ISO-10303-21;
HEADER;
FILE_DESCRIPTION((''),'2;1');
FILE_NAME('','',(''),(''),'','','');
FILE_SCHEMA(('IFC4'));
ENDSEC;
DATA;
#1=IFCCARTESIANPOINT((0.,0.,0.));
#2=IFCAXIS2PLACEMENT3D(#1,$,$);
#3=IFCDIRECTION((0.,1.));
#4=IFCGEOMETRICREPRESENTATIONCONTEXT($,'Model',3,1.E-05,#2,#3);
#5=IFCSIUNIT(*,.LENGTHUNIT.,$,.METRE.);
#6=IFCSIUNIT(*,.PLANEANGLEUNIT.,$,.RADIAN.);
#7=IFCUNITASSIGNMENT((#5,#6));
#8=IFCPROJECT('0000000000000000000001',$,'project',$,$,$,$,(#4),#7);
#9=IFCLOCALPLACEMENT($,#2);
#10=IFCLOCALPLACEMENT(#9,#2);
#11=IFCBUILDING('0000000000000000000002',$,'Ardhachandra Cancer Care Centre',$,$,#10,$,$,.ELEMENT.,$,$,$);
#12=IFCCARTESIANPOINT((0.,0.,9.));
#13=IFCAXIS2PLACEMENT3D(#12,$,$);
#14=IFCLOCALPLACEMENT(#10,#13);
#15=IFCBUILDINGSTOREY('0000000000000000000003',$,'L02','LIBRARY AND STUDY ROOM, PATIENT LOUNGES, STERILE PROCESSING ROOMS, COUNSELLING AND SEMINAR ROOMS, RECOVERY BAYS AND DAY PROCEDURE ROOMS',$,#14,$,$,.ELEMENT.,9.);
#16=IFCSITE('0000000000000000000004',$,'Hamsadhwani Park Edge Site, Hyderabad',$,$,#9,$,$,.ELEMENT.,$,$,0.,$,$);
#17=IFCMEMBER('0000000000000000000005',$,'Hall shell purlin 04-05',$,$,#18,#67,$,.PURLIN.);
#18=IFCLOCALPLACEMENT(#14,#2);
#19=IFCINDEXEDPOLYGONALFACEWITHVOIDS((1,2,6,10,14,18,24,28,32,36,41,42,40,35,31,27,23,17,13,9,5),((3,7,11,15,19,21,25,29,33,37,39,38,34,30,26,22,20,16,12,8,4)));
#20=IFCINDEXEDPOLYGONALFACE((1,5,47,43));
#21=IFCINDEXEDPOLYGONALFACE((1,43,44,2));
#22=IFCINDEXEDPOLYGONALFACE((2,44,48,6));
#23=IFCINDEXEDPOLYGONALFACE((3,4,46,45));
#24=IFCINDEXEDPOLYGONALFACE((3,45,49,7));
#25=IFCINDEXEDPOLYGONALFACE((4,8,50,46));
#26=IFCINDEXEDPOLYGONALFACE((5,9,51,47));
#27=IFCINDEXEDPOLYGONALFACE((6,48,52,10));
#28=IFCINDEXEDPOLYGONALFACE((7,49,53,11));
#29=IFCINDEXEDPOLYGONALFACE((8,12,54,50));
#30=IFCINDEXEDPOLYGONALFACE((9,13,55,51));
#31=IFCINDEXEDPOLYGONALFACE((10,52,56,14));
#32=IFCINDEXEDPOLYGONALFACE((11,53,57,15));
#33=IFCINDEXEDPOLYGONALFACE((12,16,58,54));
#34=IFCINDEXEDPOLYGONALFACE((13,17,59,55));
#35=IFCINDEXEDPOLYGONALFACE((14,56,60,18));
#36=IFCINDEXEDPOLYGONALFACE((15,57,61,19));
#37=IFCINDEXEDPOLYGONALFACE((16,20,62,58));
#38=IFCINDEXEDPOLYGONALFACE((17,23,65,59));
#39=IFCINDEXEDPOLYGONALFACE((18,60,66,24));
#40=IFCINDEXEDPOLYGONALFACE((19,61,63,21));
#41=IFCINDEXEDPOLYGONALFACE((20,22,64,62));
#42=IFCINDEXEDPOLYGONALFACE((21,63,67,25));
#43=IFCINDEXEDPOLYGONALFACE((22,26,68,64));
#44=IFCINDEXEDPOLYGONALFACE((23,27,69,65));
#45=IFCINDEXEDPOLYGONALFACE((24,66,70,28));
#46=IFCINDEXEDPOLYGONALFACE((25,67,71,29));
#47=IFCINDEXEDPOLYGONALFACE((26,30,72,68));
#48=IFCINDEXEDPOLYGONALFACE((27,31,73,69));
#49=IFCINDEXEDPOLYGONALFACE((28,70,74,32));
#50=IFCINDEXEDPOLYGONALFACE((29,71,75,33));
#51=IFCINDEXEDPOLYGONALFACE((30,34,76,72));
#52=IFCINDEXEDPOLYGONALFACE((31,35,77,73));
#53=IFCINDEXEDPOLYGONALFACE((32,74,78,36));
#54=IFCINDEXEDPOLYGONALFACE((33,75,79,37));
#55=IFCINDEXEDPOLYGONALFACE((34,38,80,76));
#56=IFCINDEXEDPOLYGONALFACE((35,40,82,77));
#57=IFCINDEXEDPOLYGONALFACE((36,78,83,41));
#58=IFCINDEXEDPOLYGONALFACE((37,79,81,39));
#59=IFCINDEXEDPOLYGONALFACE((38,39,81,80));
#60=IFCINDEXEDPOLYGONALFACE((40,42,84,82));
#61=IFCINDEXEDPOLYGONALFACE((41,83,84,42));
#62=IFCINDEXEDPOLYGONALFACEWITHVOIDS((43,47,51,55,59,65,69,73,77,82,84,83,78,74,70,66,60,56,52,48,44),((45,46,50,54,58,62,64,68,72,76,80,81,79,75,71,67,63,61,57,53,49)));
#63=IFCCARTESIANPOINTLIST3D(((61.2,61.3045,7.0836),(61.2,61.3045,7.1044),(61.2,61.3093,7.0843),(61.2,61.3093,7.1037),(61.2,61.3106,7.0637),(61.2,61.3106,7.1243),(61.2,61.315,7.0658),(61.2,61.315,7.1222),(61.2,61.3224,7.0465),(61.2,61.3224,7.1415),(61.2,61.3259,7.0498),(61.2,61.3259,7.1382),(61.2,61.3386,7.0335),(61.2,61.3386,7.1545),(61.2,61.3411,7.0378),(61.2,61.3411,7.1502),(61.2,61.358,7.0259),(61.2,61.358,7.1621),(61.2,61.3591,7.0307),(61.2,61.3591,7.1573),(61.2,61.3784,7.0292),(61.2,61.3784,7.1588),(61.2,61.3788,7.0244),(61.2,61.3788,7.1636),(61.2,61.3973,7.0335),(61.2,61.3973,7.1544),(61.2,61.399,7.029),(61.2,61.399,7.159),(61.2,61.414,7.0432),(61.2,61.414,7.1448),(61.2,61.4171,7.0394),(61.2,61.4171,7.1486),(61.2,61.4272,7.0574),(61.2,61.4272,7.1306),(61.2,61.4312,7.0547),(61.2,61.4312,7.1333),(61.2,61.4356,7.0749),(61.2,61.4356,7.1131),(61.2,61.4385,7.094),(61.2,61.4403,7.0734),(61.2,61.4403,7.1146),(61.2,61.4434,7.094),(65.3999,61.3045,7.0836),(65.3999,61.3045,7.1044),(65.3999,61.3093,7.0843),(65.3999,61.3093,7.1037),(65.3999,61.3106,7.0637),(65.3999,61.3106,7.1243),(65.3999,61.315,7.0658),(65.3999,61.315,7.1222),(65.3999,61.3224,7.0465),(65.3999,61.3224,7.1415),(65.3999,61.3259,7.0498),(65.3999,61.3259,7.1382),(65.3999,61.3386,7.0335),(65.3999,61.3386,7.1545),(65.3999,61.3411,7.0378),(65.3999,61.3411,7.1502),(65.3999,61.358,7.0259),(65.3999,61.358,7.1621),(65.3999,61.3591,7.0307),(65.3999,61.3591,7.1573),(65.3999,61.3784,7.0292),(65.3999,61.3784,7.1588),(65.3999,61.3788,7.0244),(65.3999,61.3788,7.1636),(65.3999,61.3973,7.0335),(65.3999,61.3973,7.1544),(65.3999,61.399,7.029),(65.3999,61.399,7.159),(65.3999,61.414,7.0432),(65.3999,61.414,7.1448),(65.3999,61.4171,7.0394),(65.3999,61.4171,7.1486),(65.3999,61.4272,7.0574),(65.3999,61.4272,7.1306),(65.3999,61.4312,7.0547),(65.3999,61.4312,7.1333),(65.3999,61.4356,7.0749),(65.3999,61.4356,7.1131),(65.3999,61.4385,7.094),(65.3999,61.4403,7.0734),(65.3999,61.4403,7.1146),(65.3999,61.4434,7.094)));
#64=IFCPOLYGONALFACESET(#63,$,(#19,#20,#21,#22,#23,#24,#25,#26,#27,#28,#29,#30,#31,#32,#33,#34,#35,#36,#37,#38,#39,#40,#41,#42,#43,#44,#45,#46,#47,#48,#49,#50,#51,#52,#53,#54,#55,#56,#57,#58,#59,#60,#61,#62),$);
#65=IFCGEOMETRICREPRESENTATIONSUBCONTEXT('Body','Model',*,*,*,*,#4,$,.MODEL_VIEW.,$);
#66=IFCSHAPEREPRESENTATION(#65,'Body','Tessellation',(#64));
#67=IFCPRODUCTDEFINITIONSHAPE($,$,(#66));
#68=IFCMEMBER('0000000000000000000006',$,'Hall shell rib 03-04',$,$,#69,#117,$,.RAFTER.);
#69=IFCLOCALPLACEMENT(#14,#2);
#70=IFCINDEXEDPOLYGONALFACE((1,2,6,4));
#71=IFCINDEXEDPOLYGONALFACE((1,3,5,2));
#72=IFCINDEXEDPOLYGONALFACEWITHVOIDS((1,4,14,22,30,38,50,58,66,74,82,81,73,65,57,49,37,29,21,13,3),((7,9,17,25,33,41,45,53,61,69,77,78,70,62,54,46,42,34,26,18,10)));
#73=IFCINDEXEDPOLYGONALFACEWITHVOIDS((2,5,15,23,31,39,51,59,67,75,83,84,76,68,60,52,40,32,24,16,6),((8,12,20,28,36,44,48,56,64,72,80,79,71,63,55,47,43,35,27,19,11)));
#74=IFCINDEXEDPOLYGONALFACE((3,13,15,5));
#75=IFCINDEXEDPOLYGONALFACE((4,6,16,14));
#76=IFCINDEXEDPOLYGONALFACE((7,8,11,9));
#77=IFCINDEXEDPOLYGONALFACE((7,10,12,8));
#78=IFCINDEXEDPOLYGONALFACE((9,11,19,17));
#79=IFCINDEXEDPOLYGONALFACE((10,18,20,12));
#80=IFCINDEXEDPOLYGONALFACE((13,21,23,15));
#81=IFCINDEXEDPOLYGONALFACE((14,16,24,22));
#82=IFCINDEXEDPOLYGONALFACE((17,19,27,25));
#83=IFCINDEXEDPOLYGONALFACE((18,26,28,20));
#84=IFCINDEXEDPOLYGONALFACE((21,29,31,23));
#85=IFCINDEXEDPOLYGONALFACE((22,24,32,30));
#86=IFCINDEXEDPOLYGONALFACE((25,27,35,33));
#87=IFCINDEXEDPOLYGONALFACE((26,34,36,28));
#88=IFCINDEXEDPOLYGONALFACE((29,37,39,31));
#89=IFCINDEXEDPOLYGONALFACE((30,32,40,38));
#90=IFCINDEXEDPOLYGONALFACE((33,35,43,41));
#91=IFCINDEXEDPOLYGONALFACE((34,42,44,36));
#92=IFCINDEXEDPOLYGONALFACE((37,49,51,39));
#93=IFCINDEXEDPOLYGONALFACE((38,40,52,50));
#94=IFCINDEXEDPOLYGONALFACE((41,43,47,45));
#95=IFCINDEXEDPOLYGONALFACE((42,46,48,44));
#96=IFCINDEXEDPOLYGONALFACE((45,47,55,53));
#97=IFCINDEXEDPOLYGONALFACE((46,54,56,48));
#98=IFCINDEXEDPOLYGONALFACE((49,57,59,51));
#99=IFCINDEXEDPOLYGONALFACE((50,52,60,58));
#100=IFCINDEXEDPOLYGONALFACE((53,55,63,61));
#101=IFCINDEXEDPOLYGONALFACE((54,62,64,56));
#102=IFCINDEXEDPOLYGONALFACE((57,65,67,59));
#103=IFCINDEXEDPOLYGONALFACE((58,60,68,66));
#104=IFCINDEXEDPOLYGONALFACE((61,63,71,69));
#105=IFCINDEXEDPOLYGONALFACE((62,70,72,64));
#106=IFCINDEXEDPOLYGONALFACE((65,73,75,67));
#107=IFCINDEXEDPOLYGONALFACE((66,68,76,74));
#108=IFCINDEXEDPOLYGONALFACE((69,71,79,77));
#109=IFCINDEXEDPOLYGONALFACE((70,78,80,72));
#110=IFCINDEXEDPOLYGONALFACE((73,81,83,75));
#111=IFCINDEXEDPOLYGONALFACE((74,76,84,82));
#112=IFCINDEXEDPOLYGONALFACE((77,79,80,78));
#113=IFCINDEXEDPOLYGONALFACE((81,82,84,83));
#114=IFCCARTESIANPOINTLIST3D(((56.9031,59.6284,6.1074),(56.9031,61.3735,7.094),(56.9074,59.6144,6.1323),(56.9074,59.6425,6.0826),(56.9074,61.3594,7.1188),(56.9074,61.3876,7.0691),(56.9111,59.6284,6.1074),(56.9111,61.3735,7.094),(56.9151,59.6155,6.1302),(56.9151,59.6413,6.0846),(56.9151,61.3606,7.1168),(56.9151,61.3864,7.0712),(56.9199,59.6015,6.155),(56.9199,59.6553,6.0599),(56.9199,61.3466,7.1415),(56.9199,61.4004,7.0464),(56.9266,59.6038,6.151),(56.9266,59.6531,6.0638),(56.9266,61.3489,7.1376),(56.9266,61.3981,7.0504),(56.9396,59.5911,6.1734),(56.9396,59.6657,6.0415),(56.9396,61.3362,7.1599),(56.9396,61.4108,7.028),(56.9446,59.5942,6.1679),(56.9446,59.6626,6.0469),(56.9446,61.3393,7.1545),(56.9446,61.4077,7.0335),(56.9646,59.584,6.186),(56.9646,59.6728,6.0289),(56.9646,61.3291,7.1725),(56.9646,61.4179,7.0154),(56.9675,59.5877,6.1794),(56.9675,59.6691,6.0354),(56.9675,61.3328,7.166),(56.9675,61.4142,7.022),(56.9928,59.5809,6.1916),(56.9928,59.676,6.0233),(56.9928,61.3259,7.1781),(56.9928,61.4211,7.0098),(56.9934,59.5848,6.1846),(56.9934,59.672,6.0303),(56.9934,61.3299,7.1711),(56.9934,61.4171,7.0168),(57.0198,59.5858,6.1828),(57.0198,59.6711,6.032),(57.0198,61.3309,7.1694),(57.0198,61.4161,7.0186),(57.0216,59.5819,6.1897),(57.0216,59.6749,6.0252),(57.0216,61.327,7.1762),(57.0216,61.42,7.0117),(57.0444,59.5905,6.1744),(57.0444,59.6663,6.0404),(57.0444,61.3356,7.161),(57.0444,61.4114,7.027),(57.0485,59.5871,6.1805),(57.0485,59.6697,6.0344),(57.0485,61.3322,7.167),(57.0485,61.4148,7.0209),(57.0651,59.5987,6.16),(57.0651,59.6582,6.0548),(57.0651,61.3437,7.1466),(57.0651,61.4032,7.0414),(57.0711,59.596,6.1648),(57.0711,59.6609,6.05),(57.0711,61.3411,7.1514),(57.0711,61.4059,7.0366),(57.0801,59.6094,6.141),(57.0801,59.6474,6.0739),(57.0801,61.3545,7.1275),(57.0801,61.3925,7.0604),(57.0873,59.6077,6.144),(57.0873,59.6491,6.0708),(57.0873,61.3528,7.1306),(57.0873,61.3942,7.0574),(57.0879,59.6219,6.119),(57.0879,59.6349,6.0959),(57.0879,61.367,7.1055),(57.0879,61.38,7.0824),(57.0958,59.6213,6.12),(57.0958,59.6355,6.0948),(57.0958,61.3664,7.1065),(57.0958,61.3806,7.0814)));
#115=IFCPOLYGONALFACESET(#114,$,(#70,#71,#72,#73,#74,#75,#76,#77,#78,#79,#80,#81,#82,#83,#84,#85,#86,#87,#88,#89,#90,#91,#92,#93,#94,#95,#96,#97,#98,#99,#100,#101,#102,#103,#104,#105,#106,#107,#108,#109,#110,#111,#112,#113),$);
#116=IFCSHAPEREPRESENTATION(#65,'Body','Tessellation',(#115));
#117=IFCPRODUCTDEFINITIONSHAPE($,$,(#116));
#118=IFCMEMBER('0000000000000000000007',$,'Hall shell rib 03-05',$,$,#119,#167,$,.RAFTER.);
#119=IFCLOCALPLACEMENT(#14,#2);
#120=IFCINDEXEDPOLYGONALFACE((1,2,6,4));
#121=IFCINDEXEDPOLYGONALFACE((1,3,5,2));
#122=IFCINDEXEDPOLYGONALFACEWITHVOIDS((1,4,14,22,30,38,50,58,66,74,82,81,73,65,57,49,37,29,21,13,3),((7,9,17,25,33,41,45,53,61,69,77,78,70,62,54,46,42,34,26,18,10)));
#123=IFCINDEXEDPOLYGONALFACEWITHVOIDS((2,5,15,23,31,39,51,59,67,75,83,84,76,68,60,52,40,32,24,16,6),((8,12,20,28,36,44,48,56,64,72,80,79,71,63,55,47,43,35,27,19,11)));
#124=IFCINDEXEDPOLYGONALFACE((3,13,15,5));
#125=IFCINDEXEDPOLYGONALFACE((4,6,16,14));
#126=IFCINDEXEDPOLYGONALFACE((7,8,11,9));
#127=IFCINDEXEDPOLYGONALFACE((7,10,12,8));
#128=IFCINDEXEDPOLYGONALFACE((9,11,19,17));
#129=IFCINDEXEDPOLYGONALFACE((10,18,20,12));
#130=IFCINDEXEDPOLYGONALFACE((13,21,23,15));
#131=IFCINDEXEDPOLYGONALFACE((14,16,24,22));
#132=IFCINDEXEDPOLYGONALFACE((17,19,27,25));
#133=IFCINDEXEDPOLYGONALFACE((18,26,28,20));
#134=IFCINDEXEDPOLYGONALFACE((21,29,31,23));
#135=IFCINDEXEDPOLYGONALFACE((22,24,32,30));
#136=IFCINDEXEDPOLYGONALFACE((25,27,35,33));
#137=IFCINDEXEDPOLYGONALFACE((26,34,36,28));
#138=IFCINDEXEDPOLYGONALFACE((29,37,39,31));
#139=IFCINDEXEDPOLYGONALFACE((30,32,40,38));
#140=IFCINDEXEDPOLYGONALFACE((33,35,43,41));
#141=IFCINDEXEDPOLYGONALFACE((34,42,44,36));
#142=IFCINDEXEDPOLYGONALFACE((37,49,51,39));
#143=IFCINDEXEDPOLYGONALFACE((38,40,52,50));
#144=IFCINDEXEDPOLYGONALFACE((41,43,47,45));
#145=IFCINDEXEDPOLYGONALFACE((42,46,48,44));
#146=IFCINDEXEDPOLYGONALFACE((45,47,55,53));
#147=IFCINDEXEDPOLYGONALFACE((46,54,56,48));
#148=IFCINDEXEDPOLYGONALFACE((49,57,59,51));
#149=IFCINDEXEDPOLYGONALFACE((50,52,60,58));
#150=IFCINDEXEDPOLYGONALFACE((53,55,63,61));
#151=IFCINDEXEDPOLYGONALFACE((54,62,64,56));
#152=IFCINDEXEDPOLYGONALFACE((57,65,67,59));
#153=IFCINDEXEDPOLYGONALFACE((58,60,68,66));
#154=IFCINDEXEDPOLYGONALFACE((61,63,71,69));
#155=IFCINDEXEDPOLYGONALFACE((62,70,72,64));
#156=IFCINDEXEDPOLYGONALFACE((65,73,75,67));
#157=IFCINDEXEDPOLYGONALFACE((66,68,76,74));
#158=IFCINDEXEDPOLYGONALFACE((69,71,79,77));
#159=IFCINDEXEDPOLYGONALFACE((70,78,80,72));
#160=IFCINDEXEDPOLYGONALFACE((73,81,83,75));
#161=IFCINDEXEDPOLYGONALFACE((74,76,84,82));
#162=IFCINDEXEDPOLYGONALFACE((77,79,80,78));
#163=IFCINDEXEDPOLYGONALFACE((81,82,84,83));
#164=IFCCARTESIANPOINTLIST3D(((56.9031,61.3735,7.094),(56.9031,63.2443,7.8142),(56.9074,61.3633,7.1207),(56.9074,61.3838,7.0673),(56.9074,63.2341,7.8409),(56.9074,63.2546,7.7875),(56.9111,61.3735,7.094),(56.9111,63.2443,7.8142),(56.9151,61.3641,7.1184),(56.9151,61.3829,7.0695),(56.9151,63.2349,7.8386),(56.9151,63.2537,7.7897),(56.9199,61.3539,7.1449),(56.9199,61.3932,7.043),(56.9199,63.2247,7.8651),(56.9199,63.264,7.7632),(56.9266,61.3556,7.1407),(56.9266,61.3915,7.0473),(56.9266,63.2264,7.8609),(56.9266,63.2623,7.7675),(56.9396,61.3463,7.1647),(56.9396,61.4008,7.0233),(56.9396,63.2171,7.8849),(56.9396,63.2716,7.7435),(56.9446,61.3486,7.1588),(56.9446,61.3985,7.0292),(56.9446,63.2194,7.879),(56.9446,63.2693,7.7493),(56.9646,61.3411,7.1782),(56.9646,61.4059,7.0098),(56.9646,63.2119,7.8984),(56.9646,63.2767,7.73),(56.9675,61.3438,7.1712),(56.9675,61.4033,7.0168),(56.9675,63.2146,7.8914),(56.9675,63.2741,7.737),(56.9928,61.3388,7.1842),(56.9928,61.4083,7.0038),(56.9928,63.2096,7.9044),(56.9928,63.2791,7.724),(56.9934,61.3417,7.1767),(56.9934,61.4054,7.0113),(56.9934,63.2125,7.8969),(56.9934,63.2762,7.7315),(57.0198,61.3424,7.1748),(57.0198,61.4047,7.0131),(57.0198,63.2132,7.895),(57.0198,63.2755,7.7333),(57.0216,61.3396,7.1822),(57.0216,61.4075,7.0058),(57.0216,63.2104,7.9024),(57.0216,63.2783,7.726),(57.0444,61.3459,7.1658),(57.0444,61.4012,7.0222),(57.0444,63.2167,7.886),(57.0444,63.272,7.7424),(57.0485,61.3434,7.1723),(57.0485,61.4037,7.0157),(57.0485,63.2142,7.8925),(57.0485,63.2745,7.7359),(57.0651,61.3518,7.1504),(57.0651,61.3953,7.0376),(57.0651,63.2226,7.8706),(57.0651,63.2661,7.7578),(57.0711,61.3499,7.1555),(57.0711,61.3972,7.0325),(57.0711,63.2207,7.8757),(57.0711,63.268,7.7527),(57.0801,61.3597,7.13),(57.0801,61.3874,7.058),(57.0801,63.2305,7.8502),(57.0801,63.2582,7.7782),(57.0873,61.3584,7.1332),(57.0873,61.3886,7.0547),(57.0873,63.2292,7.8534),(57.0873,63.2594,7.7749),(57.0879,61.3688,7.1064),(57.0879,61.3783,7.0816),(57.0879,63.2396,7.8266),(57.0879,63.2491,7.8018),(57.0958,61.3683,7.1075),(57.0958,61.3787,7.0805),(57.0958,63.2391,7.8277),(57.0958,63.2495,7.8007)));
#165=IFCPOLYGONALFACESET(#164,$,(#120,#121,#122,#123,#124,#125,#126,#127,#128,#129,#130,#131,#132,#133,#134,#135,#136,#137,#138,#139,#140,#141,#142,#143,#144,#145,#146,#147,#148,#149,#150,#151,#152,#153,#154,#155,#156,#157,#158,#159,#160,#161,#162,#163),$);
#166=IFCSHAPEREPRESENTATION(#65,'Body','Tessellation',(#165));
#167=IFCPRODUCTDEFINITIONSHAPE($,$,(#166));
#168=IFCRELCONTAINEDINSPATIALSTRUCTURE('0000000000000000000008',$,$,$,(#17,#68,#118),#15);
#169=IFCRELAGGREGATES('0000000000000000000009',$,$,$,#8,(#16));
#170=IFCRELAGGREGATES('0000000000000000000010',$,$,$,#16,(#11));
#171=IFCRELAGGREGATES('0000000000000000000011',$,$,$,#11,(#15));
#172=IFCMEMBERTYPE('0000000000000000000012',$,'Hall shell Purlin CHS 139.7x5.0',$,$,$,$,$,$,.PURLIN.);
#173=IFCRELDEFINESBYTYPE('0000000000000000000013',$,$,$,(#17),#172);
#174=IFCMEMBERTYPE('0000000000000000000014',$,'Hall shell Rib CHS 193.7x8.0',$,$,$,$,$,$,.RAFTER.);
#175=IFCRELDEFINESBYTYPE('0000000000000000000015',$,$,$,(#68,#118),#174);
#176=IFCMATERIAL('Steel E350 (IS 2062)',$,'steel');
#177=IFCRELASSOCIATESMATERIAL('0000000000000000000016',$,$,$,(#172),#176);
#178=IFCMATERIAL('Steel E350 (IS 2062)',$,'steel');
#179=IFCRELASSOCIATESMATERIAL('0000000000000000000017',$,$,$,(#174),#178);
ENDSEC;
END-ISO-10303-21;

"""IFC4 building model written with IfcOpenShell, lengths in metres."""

from ifc_helpers import new_model, si_unit, direction, frame, origin, origin_2d, place, context, subcontext, project, spatial, hollow_circle, extrude, material, material_profile, profile_set, type_object, element, save


model = new_model("IFC4")

# Units and contexts
model_context = context("Model", 3, precision=1e-05, world=origin(), true_north=direction((0.0, 1.0)))
body_context = subcontext(model_context, "Body", "Model", "MODEL_VIEW")
ifc_project = project(units=[si_unit("LENGTHUNIT", "METRE"), si_unit("PLANEANGLEUNIT", "RADIAN")], contexts=[model_context])

# Site, building, storey
site_placement = place(None, origin())
site = spatial("IfcSite", under=ifc_project, at=site_placement, Name="Hamsadhwani Park Edge Site, Hyderabad", CompositionType="ELEMENT", RefElevation=0.0)
building_placement = place(site_placement, origin())
building = spatial("IfcBuilding", under=site, at=building_placement, Name="Ardhachandra Cancer Care Centre", CompositionType="ELEMENT")
storey_placement = place(building_placement, frame((0.0, 0.0, 9.0)))
storey = spatial("IfcBuildingStorey", under=building, at=storey_placement, Name="L02", Description="LIBRARY AND STUDY ROOM, PATIENT LOUNGES, STERILE PROCESSING ROOMS, COUNSELLING AND SEMINAR ROOMS, RECOVERY BAYS AND DAY PROCEDURE ROOMS", CompositionType="ELEMENT", Elevation=9.0)

# Members
ifc_material_1 = material(Name="Steel E350 (IS 2062)", Category="steel")
ifc_material_profile_1 = material_profile(ifc_material_1, hollow_circle(Radius=0.0698, WallThickness=0.0049, at=origin_2d()), Name="CHS 139.7x5.0")
ifc_profile_set_1 = profile_set([ifc_material_profile_1], Name="Steel E350 (IS 2062)")
member_type_1 = type_object("IfcMemberType", Name="Hall shell Purlin CHS 139.7x5.0", PredefinedType="PURLIN", material=ifc_profile_set_1)
for number, where, z_axis, x_axis, name in (
    (1, (61.2, 61.3735, 7.094), (1.0, 0.0, 0.0), (0.0, 1.0, 0.0), "Hall shell purlin 04-05"),
):
    element("IfcMember", number, at=place(storey_placement, frame(where, z_axis=z_axis, x_axis=x_axis)), inside=storey, type_object=member_type_1, Name=name, PredefinedType="PURLIN", context=body_context, shape_type="SweptSolid", body=[
        extrude(hollow_circle(Radius=0.0698, WallThickness=0.0049, at=origin_2d()), origin(), (0.0, 0.0, 1.0), 4.2),
    ])
ifc_material_2 = material(Name="Steel E350 (IS 2062)", Category="steel")
ifc_material_profile_2 = material_profile(ifc_material_2, hollow_circle(Radius=0.0969, WallThickness=0.0081, at=origin_2d()), Name="CHS 193.7x8.0")
ifc_profile_set_2 = profile_set([ifc_material_profile_2], Name="Steel E350 (IS 2062)")
member_type_2 = type_object("IfcMemberType", Name="Hall shell Rib CHS 193.7x8.0", PredefinedType="RAFTER", material=ifc_profile_set_2)
for number, where, z_axis, x_axis, name in (
    (2, (57.0, 59.6284, 6.1074), (0.0, 0.87052, 0.492134), (-1.0, 0.0, 0.0), "Hall shell rib 03-04"),
    (3, (57.0, 61.3735, 7.094), (0.0, 0.933236, 0.359265), (-1.0, 0.0, 0.0), "Hall shell rib 03-05"),
):
    element("IfcMember", number, at=place(storey_placement, frame(where, z_axis=z_axis, x_axis=x_axis)), inside=storey, type_object=member_type_2, Name=name, PredefinedType="RAFTER", context=body_context, shape_type="SweptSolid", body=[
        extrude(hollow_circle(Radius=0.0969, WallThickness=0.0081, at=origin_2d()), origin(), (0.0, 0.0, 1.0), 2.0046),
    ])

save(model, "model.ifc")
